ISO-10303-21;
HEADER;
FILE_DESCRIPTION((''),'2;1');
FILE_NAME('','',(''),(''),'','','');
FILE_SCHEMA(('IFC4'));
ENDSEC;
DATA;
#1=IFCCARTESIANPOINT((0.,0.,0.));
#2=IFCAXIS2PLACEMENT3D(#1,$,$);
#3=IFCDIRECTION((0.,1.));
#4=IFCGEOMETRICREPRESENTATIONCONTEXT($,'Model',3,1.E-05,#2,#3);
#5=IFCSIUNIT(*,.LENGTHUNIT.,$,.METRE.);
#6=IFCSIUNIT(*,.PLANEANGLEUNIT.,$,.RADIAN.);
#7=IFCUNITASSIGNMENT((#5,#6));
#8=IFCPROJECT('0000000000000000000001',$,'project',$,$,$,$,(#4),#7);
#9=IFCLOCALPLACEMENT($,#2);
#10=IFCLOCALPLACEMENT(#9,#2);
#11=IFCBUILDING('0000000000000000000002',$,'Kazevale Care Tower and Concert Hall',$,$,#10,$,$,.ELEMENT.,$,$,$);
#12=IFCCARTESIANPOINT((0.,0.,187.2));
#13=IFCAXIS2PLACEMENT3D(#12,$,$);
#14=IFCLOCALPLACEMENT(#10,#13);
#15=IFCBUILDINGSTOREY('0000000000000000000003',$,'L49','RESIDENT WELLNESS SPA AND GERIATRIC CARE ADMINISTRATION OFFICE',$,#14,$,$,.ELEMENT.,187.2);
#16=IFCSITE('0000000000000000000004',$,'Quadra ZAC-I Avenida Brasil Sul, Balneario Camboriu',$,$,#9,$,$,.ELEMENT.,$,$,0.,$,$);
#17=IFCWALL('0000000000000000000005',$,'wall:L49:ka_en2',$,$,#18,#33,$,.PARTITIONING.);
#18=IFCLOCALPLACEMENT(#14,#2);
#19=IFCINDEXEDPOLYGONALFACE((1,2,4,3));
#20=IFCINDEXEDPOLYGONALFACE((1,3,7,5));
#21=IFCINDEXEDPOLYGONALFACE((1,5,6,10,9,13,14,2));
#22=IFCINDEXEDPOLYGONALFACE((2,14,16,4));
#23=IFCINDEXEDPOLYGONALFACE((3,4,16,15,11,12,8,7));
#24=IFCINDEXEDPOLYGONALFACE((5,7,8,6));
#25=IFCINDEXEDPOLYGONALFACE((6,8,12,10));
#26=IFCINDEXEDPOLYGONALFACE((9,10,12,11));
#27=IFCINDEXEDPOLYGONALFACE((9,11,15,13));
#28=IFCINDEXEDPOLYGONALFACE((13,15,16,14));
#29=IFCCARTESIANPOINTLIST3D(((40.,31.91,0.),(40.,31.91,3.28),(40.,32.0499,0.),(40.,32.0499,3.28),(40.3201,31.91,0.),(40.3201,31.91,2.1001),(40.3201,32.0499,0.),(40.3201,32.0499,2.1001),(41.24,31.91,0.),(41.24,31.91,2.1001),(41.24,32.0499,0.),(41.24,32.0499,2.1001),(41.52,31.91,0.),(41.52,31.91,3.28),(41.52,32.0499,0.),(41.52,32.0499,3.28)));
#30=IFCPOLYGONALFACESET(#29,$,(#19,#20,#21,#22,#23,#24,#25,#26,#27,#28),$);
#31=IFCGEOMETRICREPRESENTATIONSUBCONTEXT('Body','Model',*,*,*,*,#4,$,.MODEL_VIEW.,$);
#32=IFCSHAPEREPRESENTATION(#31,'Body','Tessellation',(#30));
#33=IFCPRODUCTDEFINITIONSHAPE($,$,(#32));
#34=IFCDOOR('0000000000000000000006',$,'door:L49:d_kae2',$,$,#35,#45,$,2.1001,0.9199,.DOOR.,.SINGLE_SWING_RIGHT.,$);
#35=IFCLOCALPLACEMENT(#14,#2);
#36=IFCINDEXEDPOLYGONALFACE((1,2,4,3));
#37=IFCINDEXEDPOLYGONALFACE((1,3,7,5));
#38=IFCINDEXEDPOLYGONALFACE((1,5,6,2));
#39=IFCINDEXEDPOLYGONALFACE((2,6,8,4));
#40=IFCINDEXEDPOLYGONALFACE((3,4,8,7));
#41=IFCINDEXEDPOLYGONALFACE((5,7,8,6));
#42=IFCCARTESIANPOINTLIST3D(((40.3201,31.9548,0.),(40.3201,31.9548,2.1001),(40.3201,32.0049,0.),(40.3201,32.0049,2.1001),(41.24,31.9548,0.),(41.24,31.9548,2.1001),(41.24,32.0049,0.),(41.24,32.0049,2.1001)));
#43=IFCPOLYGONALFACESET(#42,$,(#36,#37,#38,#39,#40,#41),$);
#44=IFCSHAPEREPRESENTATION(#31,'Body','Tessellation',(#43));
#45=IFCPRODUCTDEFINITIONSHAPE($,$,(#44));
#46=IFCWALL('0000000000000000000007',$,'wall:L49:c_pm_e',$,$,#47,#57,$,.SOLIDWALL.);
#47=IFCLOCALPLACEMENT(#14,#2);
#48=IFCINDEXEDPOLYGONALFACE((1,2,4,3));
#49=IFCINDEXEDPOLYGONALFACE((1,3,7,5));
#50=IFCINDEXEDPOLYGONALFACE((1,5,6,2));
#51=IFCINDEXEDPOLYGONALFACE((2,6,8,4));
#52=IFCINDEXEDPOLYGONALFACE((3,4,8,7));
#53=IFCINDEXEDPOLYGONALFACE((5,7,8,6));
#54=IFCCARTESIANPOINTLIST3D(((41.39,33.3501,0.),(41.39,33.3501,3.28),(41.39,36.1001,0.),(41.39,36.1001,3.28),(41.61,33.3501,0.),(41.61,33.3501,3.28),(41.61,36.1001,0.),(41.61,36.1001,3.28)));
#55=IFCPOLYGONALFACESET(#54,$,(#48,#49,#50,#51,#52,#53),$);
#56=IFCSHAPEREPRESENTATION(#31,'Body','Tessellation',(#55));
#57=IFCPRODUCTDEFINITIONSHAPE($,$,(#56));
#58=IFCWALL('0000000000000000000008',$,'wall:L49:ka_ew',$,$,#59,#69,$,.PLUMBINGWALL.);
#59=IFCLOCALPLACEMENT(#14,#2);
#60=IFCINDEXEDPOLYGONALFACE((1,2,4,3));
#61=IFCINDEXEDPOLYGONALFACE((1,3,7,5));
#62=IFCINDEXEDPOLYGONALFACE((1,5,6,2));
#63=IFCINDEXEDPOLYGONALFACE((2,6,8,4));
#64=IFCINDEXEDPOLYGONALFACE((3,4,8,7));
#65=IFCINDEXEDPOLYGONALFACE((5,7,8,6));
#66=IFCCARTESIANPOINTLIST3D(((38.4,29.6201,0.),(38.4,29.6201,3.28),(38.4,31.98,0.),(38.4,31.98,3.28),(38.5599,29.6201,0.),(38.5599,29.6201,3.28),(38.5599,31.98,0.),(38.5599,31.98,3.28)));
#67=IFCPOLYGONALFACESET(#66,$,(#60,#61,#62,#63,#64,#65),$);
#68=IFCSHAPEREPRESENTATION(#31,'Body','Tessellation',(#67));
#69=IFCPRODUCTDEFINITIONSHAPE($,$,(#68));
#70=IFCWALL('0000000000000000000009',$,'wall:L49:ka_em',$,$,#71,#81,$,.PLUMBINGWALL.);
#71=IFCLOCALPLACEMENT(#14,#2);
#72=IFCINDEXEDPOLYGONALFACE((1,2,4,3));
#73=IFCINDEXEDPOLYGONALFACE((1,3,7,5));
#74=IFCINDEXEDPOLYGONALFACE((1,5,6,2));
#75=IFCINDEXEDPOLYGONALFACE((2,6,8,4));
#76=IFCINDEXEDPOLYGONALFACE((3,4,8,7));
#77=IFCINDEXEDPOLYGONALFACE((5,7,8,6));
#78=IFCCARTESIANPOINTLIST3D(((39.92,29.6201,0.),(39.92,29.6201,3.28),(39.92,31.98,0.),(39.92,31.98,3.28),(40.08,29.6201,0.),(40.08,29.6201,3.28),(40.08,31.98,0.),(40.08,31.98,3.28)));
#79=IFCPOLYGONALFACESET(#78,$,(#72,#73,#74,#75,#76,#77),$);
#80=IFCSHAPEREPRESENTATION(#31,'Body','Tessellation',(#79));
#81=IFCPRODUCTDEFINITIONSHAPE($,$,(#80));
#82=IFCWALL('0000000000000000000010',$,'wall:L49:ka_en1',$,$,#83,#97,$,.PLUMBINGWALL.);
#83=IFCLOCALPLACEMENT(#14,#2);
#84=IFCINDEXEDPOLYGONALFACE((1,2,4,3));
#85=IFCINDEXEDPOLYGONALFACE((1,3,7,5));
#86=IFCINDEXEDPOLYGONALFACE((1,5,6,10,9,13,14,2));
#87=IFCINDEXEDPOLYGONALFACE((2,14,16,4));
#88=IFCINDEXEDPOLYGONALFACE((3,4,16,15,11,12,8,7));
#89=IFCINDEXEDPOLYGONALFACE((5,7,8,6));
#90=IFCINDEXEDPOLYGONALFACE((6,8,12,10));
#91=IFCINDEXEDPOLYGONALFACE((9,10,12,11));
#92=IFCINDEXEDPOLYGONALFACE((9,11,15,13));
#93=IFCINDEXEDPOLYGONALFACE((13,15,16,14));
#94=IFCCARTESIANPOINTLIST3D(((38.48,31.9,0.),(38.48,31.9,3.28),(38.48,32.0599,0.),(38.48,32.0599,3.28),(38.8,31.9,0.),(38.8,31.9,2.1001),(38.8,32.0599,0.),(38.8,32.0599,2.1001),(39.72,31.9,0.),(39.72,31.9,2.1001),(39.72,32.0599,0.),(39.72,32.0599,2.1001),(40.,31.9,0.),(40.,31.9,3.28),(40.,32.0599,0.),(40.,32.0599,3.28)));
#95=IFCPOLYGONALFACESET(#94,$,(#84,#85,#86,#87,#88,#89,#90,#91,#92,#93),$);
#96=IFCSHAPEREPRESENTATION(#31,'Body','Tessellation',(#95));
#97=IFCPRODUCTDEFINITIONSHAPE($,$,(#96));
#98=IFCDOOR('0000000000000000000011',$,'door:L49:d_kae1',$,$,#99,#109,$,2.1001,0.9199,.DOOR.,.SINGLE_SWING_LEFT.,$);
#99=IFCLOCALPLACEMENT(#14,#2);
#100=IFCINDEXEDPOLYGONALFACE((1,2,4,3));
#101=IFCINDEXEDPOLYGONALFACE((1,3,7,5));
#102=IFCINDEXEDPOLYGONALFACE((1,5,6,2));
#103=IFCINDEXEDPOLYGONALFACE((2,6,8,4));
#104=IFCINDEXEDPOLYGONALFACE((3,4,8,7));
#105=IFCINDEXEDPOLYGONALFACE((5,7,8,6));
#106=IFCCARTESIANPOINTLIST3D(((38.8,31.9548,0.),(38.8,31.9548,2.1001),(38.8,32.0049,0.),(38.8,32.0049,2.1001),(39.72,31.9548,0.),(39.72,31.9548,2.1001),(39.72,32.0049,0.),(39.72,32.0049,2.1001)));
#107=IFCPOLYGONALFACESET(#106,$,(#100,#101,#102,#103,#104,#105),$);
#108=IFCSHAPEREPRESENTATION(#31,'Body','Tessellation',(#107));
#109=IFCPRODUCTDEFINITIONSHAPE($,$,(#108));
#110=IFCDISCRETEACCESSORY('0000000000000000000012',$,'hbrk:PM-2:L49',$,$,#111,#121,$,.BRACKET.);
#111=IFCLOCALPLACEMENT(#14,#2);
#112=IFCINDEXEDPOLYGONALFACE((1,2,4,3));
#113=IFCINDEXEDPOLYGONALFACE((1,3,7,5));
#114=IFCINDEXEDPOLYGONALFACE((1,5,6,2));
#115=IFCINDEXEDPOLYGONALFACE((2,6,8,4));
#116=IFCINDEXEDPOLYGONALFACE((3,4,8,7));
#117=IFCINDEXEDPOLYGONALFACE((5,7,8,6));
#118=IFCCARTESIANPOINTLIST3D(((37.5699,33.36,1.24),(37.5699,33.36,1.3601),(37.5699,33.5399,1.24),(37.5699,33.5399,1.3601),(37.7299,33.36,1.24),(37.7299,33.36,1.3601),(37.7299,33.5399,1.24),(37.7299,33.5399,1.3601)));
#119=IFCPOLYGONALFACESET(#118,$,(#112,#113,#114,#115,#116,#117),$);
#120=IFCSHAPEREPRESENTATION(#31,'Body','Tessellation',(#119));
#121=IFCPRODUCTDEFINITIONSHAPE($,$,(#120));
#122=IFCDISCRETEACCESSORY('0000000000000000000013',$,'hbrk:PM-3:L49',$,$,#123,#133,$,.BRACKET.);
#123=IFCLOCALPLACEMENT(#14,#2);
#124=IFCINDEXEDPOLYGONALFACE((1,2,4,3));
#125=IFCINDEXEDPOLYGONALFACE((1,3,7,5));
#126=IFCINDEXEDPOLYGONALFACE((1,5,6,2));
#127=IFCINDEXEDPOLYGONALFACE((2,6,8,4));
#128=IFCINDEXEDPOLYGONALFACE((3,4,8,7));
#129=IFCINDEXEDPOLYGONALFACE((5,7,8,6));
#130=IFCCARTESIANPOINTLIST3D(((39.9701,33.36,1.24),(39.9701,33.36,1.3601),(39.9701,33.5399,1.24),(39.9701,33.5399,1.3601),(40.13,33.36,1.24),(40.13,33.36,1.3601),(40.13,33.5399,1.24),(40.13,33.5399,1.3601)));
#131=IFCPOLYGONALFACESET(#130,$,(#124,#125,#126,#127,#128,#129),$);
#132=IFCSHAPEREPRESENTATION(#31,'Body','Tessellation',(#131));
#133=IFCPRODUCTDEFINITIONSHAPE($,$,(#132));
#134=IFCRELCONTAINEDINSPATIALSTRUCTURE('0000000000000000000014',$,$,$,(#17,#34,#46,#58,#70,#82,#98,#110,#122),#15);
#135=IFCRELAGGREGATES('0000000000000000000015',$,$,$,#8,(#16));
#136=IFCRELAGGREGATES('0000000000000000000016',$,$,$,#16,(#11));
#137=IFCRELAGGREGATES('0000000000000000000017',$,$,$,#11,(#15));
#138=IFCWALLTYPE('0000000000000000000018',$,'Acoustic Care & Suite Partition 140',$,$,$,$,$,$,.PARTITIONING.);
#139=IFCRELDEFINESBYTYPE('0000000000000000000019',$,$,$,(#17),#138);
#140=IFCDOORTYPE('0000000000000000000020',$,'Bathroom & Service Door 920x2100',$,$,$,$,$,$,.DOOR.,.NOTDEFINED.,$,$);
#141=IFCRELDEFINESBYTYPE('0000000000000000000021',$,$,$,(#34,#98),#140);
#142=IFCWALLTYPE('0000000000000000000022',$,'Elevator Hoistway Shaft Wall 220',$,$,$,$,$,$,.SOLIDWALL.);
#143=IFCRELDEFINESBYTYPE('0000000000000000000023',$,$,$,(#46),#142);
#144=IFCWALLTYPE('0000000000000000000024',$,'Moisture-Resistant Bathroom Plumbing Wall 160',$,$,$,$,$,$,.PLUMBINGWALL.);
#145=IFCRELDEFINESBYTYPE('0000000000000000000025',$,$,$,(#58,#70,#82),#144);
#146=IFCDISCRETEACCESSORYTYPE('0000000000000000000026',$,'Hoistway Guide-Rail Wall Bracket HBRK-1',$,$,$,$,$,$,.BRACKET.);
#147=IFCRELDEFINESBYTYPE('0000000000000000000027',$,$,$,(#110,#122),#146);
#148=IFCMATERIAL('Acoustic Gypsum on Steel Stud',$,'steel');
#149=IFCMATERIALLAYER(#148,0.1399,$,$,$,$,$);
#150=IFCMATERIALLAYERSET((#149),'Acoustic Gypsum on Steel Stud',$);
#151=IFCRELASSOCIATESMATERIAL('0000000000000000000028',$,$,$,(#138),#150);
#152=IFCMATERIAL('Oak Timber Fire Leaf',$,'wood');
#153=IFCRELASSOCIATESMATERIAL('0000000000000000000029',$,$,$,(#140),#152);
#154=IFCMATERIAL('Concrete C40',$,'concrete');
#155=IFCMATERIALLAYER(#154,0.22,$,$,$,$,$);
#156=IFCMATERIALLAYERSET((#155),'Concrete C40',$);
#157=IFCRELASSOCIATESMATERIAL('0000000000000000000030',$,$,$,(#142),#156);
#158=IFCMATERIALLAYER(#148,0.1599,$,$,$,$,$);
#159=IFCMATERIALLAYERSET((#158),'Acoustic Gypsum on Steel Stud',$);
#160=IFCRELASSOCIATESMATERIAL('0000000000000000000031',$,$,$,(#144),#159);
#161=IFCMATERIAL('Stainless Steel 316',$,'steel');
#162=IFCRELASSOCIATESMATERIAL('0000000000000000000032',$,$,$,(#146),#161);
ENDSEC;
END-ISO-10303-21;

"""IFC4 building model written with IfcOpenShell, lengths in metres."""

from ifc_helpers import new_model, si_unit, direction, frame, frame_2d, origin, origin_2d, place, context, subcontext, project, spatial, rectangle, extrude, material, layer, layer_set, type_object, element, fill, save


model = new_model("IFC4")

# Units and contexts
model_context = context("Model", 3, precision=1e-05, world=origin(), true_north=direction((0.0, 1.0)))
body_context = subcontext(model_context, "Body", "Model", "MODEL_VIEW")
ifc_project = project(units=[si_unit("LENGTHUNIT", "METRE"), si_unit("PLANEANGLEUNIT", "RADIAN")], contexts=[model_context])

# Site, building, storey
site_placement = place(None, origin())
site = spatial("IfcSite", under=ifc_project, at=site_placement, Name="Quadra ZAC-I Avenida Brasil Sul, Balneario Camboriu", CompositionType="ELEMENT", RefElevation=0.0)
building_placement = place(site_placement, origin())
building = spatial("IfcBuilding", under=site, at=building_placement, Name="Kazevale Care Tower and Concert Hall", CompositionType="ELEMENT")
storey_placement = place(building_placement, frame((0.0, 0.0, 187.2)))
storey = spatial("IfcBuildingStorey", under=building, at=storey_placement, Name="L49", Description="RESIDENT WELLNESS SPA AND GERIATRIC CARE ADMINISTRATION OFFICE", CompositionType="ELEMENT", Elevation=187.2)

# Shared definitions
ifc_material_1 = material(Name="Acoustic Gypsum on Steel Stud", Category="steel")
ifc_layer_1 = layer(ifc_material_1, 0.1399)
ifc_layer_set_1 = layer_set([ifc_layer_1], Name="Acoustic Gypsum on Steel Stud")
wall_type_1 = type_object("IfcWallType", Name="Acoustic Care & Suite Partition 140", PredefinedType="PARTITIONING", material=ifc_layer_set_1)

# Wall, opening, door
wall_1_placement = place(storey_placement, frame((40.0, 31.98, 0.0), z_axis=(0.0, 0.0, 1.0), x_axis=(1.0, 0.0, 0.0)))
wall_1 = element("IfcWall", 1, at=wall_1_placement, inside=storey, type_object=wall_type_1, Name="wall:L49:ka_en2", PredefinedType="PARTITIONING", context=body_context, shape_type="SweptSolid", body=[
    extrude(rectangle(XDim=1.52, YDim=0.1399, at=frame_2d((0.76, 0.0))), origin(), (0.0, 0.0, 1.0), 3.28),
])
opening_1_placement = place(wall_1_placement, frame((0.3201, 0.0, 0.0)))
opening_1 = element("IfcOpeningElement", 2, at=opening_1_placement, cuts=wall_1, PredefinedType="OPENING", context=body_context, shape_type="SweptSolid", body=[
    extrude(rectangle(XDim=0.9199, YDim=2.1001, at=frame_2d((0.46, 1.05))), frame((0.0, 0.0798, 0.0), z_axis=(0.0, -1.0, 0.0), x_axis=(1.0, 0.0, 0.0)), (0.0, 0.0, 1.0), 0.1599),
])
ifc_material_2 = material(Name="Oak Timber Fire Leaf", Category="wood")
door_type = type_object("IfcDoorType", Name="Bathroom & Service Door 920x2100", OperationType="NOTDEFINED", PredefinedType="DOOR", material=ifc_material_2)
door_1_placement = place(opening_1_placement, origin())
door_1 = element("IfcDoor", 3, at=door_1_placement, inside=storey, type_object=door_type, Name="door:L49:d_kae2", OperationType="SINGLE_SWING_RIGHT", OverallHeight=2.1001, OverallWidth=0.9199, PredefinedType="DOOR", context=body_context, shape_type="SweptSolid", body=[
    extrude(rectangle(XDim=0.9199, YDim=2.1001, at=frame_2d((0.46, 1.05))), frame((0.0, 0.0249, 0.0), z_axis=(0.0, -1.0, 0.0), x_axis=(1.0, 0.0, 0.0)), (0.0, 0.0, 1.0), 0.05),
])
fill(opening_1, door_1)

# Walls
ifc_material_3 = material(Name="Concrete C40", Category="concrete")
ifc_layer_2 = layer(ifc_material_3, 0.22)
ifc_layer_set_2 = layer_set([ifc_layer_2], Name="Concrete C40")
wall_type_2 = type_object("IfcWallType", Name="Elevator Hoistway Shaft Wall 220", PredefinedType="SOLIDWALL", material=ifc_layer_set_2)
wall_2_placement = place(storey_placement, frame((41.5, 33.3501, 0.0), z_axis=(0.0, 0.0, 1.0), x_axis=(0.0, 1.0, 0.0)))
element("IfcWall", 4, at=wall_2_placement, inside=storey, type_object=wall_type_2, Name="wall:L49:c_pm_e", PredefinedType="SOLIDWALL", context=body_context, shape_type="SweptSolid", body=[
    extrude(rectangle(XDim=2.75, YDim=0.22, at=frame_2d((1.375, 0.0))), origin(), (0.0, 0.0, 1.0), 3.28),
])
ifc_layer_3 = layer(ifc_material_1, 0.1599)
ifc_layer_set_3 = layer_set([ifc_layer_3], Name="Acoustic Gypsum on Steel Stud")
wall_type_3 = type_object("IfcWallType", Name="Moisture-Resistant Bathroom Plumbing Wall 160", PredefinedType="PLUMBINGWALL", material=ifc_layer_set_3)
for number, where, z_axis, x_axis, name in (
    (5, (38.48, 29.6201, 0.0), (0.0, 0.0, 1.0), (0.0, 1.0, 0.0), "wall:L49:ka_ew"),
    (6, (40.0, 29.6201, 0.0), (0.0, 0.0, 1.0), (0.0, 1.0, 0.0), "wall:L49:ka_em"),
):
    element("IfcWall", number, at=place(storey_placement, frame(where, z_axis=z_axis, x_axis=x_axis)), inside=storey, type_object=wall_type_3, Name=name, PredefinedType="PLUMBINGWALL", context=body_context, shape_type="SweptSolid", body=[
        extrude(rectangle(XDim=2.3599, YDim=0.1599, at=frame_2d((1.1799, 0.0))), origin(), (0.0, 0.0, 1.0), 3.28),
    ])

# Wall, opening, door
wall_3_placement = place(storey_placement, frame((38.48, 31.98, 0.0), z_axis=(0.0, 0.0, 1.0), x_axis=(1.0, 0.0, 0.0)))
wall_3 = element("IfcWall", 7, at=wall_3_placement, inside=storey, type_object=wall_type_3, Name="wall:L49:ka_en1", PredefinedType="PLUMBINGWALL", context=body_context, shape_type="SweptSolid", body=[
    extrude(rectangle(XDim=1.52, YDim=0.1599, at=frame_2d((0.76, 0.0))), origin(), (0.0, 0.0, 1.0), 3.28),
])
opening_2_placement = place(wall_3_placement, frame((0.3201, 0.0, 0.0)))
opening_2 = element("IfcOpeningElement", 8, at=opening_2_placement, cuts=wall_3, PredefinedType="OPENING", context=body_context, shape_type="SweptSolid", body=[
    extrude(rectangle(XDim=0.9199, YDim=2.1001, at=frame_2d((0.46, 1.05))), frame((0.0, 0.0898, 0.0), z_axis=(0.0, -1.0, 0.0), x_axis=(1.0, 0.0, 0.0)), (0.0, 0.0, 1.0), 0.1799),
])
door_2_placement = place(opening_2_placement, origin())
door_2 = element("IfcDoor", 9, at=door_2_placement, inside=storey, type_object=door_type, Name="door:L49:d_kae1", OperationType="SINGLE_SWING_LEFT", OverallHeight=2.1001, OverallWidth=0.9199, PredefinedType="DOOR", context=body_context, shape_type="SweptSolid", body=[
    extrude(rectangle(XDim=0.9199, YDim=2.1001, at=frame_2d((0.46, 1.05))), frame((0.0, 0.0249, 0.0), z_axis=(0.0, -1.0, 0.0), x_axis=(1.0, 0.0, 0.0)), (0.0, 0.0, 1.0), 0.05),
])
fill(opening_2, door_2)

# Discrete accessories
ifc_material_4 = material(Name="Stainless Steel 316", Category="steel")
discrete_accessory_type = type_object("IfcDiscreteAccessoryType", Name="Hoistway Guide-Rail Wall Bracket HBRK-1", PredefinedType="BRACKET", material=ifc_material_4)
for number, where, z_axis, x_axis, name in (
    (10, (37.6499, 33.45, 1.24), (0.0, 0.0, 1.0), (1.0, 0.0, 0.0), "hbrk:PM-2:L49"),
    (11, (40.05, 33.45, 1.24), (0.0, 0.0, 1.0), (1.0, 0.0, 0.0), "hbrk:PM-3:L49"),
):
    element("IfcDiscreteAccessory", number, at=place(storey_placement, frame(where, z_axis=z_axis, x_axis=x_axis)), inside=storey, type_object=discrete_accessory_type, Name=name, PredefinedType="BRACKET", context=body_context, shape_type="SweptSolid", body=[
        extrude(rectangle(XDim=0.1599, YDim=0.1799, at=origin_2d()), origin(), (0.0, 0.0, 1.0), 0.1201),
    ])

save(model, "model.ifc")
